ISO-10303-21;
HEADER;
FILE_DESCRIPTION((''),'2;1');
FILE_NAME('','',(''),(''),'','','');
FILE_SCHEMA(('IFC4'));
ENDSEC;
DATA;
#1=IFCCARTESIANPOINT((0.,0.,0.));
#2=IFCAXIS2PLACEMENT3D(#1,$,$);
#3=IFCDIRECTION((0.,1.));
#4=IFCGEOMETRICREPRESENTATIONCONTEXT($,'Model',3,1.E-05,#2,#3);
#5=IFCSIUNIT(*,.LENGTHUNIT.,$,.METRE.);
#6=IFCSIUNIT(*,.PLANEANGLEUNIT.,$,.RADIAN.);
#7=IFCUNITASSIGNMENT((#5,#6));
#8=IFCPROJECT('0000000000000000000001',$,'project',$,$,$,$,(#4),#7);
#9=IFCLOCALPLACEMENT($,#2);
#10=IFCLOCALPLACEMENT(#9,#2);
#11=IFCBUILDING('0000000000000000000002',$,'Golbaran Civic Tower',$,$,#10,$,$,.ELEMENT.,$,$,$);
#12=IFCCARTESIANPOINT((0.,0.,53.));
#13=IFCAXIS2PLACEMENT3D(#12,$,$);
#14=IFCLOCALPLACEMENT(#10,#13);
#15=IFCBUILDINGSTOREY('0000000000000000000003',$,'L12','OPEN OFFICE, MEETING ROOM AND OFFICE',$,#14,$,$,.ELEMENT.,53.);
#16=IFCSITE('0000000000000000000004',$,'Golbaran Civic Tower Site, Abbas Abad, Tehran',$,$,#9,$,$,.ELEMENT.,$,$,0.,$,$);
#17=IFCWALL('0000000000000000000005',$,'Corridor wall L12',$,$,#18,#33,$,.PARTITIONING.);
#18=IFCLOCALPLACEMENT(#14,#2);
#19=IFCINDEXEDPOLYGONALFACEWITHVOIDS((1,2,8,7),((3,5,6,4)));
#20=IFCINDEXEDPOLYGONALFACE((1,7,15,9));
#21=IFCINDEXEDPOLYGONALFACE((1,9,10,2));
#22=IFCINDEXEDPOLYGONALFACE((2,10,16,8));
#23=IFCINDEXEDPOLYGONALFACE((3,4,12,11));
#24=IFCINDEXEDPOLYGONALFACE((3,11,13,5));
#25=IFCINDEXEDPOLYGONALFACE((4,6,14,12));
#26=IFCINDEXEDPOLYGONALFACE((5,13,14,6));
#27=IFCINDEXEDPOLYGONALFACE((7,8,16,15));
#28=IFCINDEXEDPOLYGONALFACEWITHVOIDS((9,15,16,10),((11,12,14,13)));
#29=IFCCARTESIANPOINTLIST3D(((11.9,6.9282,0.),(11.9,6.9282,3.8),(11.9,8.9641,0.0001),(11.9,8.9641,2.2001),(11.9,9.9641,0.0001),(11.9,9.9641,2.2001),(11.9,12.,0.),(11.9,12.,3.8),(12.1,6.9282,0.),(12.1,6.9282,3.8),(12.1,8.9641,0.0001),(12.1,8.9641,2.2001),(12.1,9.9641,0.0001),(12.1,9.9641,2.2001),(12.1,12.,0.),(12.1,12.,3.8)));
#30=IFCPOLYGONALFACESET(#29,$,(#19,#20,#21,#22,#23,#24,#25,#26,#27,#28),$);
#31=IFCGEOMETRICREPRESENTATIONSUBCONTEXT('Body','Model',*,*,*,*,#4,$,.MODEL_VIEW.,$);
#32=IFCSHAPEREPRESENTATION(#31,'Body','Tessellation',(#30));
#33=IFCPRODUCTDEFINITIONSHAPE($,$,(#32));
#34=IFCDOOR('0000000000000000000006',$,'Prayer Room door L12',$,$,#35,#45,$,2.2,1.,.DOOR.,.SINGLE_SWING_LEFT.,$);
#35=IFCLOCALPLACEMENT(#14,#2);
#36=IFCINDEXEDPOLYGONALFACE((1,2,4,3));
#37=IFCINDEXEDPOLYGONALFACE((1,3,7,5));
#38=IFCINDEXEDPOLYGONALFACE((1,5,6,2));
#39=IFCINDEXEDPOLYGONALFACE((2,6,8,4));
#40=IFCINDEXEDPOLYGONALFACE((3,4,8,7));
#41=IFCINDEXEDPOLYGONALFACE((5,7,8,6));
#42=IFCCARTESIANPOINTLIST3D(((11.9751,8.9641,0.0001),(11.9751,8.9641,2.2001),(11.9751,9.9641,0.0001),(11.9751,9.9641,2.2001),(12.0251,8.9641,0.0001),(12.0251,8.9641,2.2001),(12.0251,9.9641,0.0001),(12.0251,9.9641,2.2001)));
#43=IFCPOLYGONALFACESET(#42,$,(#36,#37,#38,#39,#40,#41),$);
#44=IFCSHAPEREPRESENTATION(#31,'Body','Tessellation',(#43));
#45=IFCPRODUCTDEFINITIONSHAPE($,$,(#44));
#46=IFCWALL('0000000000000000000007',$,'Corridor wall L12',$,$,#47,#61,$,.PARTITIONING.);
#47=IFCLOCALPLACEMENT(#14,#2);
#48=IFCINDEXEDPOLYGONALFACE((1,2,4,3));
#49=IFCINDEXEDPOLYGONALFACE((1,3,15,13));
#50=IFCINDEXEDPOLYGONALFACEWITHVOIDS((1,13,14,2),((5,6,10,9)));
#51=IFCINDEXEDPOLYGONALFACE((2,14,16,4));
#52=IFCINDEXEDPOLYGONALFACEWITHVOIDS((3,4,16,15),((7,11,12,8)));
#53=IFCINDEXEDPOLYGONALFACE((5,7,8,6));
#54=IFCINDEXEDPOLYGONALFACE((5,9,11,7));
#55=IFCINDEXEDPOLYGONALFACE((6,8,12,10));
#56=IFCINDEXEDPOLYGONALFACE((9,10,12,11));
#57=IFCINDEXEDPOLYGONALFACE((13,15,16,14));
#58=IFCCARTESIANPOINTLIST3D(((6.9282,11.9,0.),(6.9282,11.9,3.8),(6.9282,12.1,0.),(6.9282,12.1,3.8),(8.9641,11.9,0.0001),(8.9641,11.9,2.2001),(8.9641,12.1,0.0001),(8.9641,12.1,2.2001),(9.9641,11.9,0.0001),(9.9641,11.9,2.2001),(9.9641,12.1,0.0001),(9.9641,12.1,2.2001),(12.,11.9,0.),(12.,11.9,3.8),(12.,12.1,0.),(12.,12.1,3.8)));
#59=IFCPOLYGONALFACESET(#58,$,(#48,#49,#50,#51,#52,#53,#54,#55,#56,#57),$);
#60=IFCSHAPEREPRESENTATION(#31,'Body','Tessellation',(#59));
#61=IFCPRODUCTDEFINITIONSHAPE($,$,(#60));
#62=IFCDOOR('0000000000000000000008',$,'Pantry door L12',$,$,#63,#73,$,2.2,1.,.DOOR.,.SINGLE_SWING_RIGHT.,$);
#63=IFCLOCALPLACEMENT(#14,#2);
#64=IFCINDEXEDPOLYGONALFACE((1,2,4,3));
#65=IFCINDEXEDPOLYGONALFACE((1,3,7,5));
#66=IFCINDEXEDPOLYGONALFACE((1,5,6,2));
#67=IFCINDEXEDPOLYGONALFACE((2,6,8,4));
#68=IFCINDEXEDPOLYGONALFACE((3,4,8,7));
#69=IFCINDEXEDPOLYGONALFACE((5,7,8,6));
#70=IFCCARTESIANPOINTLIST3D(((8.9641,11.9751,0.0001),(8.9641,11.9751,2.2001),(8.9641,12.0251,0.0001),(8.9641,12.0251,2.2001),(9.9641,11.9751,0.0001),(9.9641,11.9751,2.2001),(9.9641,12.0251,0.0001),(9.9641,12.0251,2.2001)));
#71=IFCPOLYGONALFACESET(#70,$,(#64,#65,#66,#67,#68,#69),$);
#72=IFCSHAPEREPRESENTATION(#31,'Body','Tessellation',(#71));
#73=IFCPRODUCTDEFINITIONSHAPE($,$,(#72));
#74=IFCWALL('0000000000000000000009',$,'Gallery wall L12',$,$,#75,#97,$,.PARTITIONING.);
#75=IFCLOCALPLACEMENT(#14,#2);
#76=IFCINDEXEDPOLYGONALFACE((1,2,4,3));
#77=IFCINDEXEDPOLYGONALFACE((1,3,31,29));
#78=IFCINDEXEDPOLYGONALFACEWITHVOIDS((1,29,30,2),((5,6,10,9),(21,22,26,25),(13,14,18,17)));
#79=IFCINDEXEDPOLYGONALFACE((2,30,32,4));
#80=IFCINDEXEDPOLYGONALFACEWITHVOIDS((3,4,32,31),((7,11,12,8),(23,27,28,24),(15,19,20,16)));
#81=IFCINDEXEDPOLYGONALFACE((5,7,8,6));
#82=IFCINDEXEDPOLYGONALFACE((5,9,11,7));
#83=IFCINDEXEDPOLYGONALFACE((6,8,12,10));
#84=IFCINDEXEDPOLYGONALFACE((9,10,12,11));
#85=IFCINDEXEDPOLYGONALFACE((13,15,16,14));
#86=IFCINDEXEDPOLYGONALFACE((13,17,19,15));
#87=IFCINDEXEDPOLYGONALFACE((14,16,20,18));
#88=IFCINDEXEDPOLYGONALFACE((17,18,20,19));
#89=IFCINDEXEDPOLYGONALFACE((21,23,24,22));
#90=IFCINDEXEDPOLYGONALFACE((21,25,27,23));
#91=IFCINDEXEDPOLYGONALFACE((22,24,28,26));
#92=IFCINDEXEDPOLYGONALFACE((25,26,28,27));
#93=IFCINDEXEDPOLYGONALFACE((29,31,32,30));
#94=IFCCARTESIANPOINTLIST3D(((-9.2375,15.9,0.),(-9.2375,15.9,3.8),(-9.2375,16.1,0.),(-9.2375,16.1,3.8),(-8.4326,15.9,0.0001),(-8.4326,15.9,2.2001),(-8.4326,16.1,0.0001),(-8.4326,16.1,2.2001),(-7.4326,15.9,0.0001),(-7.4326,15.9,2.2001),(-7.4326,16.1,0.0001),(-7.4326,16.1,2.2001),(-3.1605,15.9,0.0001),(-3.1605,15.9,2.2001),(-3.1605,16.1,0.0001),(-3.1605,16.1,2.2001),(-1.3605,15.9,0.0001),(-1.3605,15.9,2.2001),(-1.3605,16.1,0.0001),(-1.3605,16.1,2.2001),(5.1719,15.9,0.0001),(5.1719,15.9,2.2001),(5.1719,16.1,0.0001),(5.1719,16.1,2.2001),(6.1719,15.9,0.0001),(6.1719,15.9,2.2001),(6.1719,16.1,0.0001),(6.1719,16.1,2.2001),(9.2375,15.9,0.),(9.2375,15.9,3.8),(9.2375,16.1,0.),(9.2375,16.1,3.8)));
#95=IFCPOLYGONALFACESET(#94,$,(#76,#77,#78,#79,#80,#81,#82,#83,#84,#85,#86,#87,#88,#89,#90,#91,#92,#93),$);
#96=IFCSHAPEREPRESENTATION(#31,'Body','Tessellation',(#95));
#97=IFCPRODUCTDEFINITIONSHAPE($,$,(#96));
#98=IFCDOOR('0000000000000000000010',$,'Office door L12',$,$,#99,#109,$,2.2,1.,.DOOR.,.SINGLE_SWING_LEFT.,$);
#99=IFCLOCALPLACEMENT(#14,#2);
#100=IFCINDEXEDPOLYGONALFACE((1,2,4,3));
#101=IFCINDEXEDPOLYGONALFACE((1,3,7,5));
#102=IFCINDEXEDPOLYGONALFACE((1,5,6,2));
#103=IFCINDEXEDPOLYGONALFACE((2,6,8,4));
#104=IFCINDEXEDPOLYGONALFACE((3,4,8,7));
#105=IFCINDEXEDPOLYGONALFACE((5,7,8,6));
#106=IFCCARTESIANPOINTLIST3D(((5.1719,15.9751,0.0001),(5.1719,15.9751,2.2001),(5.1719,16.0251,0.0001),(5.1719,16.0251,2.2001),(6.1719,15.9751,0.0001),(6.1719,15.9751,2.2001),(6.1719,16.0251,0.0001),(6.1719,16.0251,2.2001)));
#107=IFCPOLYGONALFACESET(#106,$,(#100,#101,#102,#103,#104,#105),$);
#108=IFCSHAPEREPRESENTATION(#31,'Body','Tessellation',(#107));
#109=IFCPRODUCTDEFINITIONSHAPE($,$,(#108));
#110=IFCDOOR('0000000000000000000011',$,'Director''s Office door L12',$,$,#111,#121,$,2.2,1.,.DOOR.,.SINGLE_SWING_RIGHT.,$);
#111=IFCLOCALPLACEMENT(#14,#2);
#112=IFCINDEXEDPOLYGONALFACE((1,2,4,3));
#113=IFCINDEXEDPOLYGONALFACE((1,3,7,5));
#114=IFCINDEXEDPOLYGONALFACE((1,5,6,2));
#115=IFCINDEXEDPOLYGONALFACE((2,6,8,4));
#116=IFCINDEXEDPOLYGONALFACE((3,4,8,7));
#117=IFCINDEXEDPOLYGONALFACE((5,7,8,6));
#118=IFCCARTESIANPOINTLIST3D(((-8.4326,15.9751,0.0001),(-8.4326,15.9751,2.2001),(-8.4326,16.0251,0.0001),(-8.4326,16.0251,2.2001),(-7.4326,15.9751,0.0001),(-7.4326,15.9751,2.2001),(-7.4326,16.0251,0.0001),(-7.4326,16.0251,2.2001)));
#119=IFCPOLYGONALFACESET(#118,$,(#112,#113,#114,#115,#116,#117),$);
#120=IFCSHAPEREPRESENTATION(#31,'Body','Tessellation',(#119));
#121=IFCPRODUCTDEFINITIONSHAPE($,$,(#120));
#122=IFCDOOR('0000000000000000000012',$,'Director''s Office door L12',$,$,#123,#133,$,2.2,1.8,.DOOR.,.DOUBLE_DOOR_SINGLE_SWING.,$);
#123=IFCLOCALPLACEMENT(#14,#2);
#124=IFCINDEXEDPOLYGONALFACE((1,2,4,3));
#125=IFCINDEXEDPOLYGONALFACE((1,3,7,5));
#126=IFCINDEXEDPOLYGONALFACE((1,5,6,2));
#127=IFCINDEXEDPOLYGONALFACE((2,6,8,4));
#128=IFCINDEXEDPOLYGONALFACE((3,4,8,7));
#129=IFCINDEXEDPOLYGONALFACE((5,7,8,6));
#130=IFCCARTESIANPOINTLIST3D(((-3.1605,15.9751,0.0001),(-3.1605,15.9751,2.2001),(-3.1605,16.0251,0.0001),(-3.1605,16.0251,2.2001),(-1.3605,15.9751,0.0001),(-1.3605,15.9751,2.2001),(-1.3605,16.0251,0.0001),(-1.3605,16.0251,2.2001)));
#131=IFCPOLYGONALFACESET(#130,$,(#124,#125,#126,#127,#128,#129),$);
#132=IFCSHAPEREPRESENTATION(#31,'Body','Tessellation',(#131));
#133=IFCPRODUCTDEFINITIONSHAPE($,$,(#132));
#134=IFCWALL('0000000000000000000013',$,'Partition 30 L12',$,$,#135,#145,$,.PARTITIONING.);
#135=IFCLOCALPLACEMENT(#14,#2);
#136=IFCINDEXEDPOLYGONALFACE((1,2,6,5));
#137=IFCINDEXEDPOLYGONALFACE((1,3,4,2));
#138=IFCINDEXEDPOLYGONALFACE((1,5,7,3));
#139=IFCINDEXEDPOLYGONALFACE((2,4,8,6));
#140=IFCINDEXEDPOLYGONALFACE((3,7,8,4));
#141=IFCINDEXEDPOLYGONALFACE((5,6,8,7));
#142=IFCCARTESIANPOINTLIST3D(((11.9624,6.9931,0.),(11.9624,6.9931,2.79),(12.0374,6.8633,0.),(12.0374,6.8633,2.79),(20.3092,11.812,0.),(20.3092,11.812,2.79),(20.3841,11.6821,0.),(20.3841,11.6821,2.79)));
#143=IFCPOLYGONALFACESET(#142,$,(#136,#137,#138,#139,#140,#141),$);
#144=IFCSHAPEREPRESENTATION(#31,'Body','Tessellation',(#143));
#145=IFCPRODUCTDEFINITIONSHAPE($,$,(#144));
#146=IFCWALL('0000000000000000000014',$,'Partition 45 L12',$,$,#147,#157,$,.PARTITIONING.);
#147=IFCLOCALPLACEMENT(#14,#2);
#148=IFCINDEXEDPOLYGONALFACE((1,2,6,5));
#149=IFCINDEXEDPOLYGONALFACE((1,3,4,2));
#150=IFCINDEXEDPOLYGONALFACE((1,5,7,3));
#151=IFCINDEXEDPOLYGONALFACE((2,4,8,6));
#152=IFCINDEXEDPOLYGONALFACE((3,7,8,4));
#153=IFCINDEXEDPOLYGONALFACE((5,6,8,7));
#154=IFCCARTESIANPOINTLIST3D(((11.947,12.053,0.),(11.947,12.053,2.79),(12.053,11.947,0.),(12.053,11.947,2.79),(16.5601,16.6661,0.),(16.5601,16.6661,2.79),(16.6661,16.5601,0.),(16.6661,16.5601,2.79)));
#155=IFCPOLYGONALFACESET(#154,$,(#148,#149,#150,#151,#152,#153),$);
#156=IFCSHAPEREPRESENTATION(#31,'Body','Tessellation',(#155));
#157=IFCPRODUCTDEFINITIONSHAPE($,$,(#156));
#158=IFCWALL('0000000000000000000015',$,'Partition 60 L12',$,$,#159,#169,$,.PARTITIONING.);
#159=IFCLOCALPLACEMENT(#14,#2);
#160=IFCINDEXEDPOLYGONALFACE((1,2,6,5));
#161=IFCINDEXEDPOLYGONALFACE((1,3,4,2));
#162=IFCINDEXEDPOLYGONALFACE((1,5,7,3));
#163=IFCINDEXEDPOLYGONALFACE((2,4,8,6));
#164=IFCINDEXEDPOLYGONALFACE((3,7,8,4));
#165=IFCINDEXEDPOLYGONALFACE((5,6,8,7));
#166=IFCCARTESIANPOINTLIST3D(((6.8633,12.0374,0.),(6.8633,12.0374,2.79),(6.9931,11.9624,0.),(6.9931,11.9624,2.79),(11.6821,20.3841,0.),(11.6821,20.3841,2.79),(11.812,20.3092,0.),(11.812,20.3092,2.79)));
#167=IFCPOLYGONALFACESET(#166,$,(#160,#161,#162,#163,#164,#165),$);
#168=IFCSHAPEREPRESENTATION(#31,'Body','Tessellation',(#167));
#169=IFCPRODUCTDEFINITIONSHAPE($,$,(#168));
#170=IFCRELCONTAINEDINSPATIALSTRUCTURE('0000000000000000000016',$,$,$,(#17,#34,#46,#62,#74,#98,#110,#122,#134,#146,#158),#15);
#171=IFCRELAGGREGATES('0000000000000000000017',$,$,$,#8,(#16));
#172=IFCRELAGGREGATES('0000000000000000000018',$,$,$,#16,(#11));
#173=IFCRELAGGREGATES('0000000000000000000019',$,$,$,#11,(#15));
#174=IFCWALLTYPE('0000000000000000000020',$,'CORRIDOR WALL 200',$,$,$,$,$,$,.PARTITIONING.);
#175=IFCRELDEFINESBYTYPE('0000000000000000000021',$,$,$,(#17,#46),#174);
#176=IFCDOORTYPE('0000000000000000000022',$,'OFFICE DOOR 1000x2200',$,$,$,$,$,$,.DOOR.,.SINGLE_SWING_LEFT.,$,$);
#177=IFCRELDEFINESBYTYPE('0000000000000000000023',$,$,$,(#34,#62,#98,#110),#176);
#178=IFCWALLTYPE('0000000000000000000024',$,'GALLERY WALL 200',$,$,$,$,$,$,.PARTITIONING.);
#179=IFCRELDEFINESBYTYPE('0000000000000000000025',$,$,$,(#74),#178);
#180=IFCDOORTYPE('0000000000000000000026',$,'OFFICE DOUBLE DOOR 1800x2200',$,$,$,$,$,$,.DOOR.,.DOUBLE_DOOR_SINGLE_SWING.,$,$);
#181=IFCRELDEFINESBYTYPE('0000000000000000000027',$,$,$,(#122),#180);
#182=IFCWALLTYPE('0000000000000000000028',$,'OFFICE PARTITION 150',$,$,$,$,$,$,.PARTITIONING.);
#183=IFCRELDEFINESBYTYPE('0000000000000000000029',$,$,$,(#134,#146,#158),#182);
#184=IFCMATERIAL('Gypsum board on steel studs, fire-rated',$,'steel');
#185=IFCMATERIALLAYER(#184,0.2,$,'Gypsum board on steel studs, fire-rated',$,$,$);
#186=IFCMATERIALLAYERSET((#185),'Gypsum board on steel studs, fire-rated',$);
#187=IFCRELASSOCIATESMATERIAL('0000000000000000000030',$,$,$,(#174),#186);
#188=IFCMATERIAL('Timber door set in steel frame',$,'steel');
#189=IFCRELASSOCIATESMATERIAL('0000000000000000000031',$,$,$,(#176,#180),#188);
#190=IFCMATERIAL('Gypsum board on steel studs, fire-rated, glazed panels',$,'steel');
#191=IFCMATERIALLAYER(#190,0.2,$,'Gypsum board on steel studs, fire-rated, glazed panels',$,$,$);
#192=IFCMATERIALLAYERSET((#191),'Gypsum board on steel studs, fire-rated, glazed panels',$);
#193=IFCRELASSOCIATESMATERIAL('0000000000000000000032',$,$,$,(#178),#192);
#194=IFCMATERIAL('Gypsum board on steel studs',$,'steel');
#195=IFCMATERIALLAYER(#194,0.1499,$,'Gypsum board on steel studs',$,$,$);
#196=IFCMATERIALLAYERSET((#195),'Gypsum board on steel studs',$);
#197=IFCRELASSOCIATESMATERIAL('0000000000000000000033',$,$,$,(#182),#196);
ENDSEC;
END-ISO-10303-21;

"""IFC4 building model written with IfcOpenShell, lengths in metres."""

from ifc_helpers import new_model, si_unit, direction, frame, frame_2d, origin, place, context, subcontext, project, spatial, rectangle, extrude, material, layer, layer_set, type_object, element, fill, save


model = new_model("IFC4")

# Units and contexts
model_context = context("Model", 3, precision=1e-05, world=origin(), true_north=direction((0.0, 1.0)))
body_context = subcontext(model_context, "Body", "Model", "MODEL_VIEW")
ifc_project = project(units=[si_unit("LENGTHUNIT", "METRE"), si_unit("PLANEANGLEUNIT", "RADIAN")], contexts=[model_context])

# Site, building, storey
site_placement = place(None, origin())
site = spatial("IfcSite", under=ifc_project, at=site_placement, Name="Golbaran Civic Tower Site, Abbas Abad, Tehran", CompositionType="ELEMENT", RefElevation=0.0)
building_placement = place(site_placement, origin())
building = spatial("IfcBuilding", under=site, at=building_placement, Name="Golbaran Civic Tower", CompositionType="ELEMENT")
storey_placement = place(building_placement, frame((0.0, 0.0, 53.0)))
storey = spatial("IfcBuildingStorey", under=building, at=storey_placement, Name="L12", Description="OPEN OFFICE, MEETING ROOM AND OFFICE", CompositionType="ELEMENT", Elevation=53.0)

# Walls, openings, doors
ifc_material_1 = material(Name="Timber door set in steel frame", Category="steel")
ifc_material_2 = material(Name="Gypsum board on steel studs, fire-rated", Category="steel")
ifc_layer_1 = layer(ifc_material_2, 0.2, Name="Gypsum board on steel studs, fire-rated")
ifc_layer_set_1 = layer_set([ifc_layer_1], Name="Gypsum board on steel studs, fire-rated")
wall_type_1 = type_object("IfcWallType", Name="CORRIDOR WALL 200", PredefinedType="PARTITIONING", material=ifc_layer_set_1)
wall_1_placement = place(storey_placement, frame((12.0, 6.9282, 0.0), z_axis=(0.0, 0.0, 1.0), x_axis=(0.0, 1.0, 0.0)))
wall_1 = element("IfcWall", 1, at=wall_1_placement, inside=storey, type_object=wall_type_1, Name="Corridor wall L12", PredefinedType="PARTITIONING", context=body_context, shape_type="SweptSolid", body=[
    extrude(rectangle(XDim=5.0718, YDim=0.2, at=frame_2d((2.5359, 0.0))), origin(), (0.0, 0.0, 1.0), 3.8),
])
opening_1_placement = place(wall_1_placement, frame((2.0359, 0.0, 0.0)))
opening_1 = element("IfcOpeningElement", 2, at=opening_1_placement, cuts=wall_1, PredefinedType="OPENING", context=body_context, shape_type="SweptSolid", body=[
    extrude(rectangle(XDim=1.0, YDim=2.2, at=frame_2d((0.5, 1.1001))), frame((0.0, 0.1099, 0.0), z_axis=(0.0, -1.0, 0.0), x_axis=(1.0, 0.0, 0.0)), (0.0, 0.0, 1.0), 0.22),
])
door_type_1 = type_object("IfcDoorType", Name="OFFICE DOOR 1000x2200", OperationType="SINGLE_SWING_LEFT", PredefinedType="DOOR", material=ifc_material_1)
door_1_placement = place(opening_1_placement, origin())
door_1 = element("IfcDoor", 3, at=door_1_placement, inside=storey, type_object=door_type_1, Name="Prayer Room door L12", OperationType="SINGLE_SWING_LEFT", OverallHeight=2.2, OverallWidth=1.0, PredefinedType="DOOR", context=body_context, shape_type="SweptSolid", body=[
    extrude(rectangle(XDim=1.0, YDim=2.2, at=frame_2d((0.5, 1.1001))), frame((0.0, 0.0249, 0.0), z_axis=(0.0, -1.0, 0.0), x_axis=(1.0, 0.0, 0.0)), (0.0, 0.0, 1.0), 0.05),
])
fill(opening_1, door_1)
wall_2_placement = place(storey_placement, frame((12.0, 12.0, 0.0), z_axis=(0.0, 0.0, 1.0), x_axis=(-1.0, 0.0, 0.0)))
wall_2 = element("IfcWall", 4, at=wall_2_placement, inside=storey, type_object=wall_type_1, Name="Corridor wall L12", PredefinedType="PARTITIONING", context=body_context, shape_type="SweptSolid", body=[
    extrude(rectangle(XDim=5.0718, YDim=0.2, at=frame_2d((2.5359, 0.0))), origin(), (0.0, 0.0, 1.0), 3.8),
])
opening_2_placement = place(wall_2_placement, frame((2.0359, 0.0, 0.0)))
opening_2 = element("IfcOpeningElement", 5, at=opening_2_placement, cuts=wall_2, PredefinedType="OPENING", context=body_context, shape_type="SweptSolid", body=[
    extrude(rectangle(XDim=1.0, YDim=2.2, at=frame_2d((0.5, 1.1001))), frame((0.0, 0.1099, 0.0), z_axis=(0.0, -1.0, 0.0), x_axis=(1.0, 0.0, 0.0)), (0.0, 0.0, 1.0), 0.22),
])
door_2_placement = place(opening_2_placement, origin())
door_2 = element("IfcDoor", 6, at=door_2_placement, inside=storey, type_object=door_type_1, Name="Pantry door L12", OperationType="SINGLE_SWING_RIGHT", OverallHeight=2.2, OverallWidth=1.0, PredefinedType="DOOR", context=body_context, shape_type="SweptSolid", body=[
    extrude(rectangle(XDim=1.0, YDim=2.2, at=frame_2d((0.5, 1.1001))), frame((0.0, 0.0249, 0.0), z_axis=(0.0, -1.0, 0.0), x_axis=(1.0, 0.0, 0.0)), (0.0, 0.0, 1.0), 0.05),
])
fill(opening_2, door_2)

# Wall, openings, doors
ifc_material_3 = material(Name="Gypsum board on steel studs, fire-rated, glazed panels", Category="steel")
ifc_layer_2 = layer(ifc_material_3, 0.2, Name="Gypsum board on steel studs, fire-rated, glazed panels")
ifc_layer_set_2 = layer_set([ifc_layer_2], Name="Gypsum board on steel studs, fire-rated, glazed panels")
wall_type_2 = type_object("IfcWallType", Name="GALLERY WALL 200", PredefinedType="PARTITIONING", material=ifc_layer_set_2)
wall_3_placement = place(storey_placement, frame((9.2375, 16.0, 0.0), z_axis=(0.0, 0.0, 1.0), x_axis=(-1.0, 0.0, 0.0)))
wall_3 = element("IfcWall", 7, at=wall_3_placement, inside=storey, type_object=wall_type_2, Name="Gallery wall L12", PredefinedType="PARTITIONING", context=body_context, shape_type="SweptSolid", body=[
    extrude(rectangle(XDim=18.4751, YDim=0.2, at=frame_2d((9.2375, 0.0))), origin(), (0.0, 0.0, 1.0), 3.8),
])
opening_3_placement = place(wall_3_placement, frame((3.0657, 0.0, 0.0)))
opening_3 = element("IfcOpeningElement", 8, at=opening_3_placement, cuts=wall_3, PredefinedType="OPENING", context=body_context, shape_type="SweptSolid", body=[
    extrude(rectangle(XDim=1.0, YDim=2.2, at=frame_2d((0.5, 1.1001))), frame((0.0, 0.1099, 0.0), z_axis=(0.0, -1.0, 0.0), x_axis=(1.0, 0.0, 0.0)), (0.0, 0.0, 1.0), 0.22),
])
opening_4_placement = place(wall_3_placement, frame((10.5981, 0.0, 0.0)))
opening_4 = element("IfcOpeningElement", 9, at=opening_4_placement, cuts=wall_3, PredefinedType="OPENING", context=body_context, shape_type="SweptSolid", body=[
    extrude(rectangle(XDim=1.8, YDim=2.2, at=frame_2d((0.8999, 1.1001))), frame((0.0, 0.1099, 0.0), z_axis=(0.0, -1.0, 0.0), x_axis=(1.0, 0.0, 0.0)), (0.0, 0.0, 1.0), 0.22),
])
opening_5_placement = place(wall_3_placement, frame((16.6702, 0.0, 0.0)))
opening_5 = element("IfcOpeningElement", 10, at=opening_5_placement, cuts=wall_3, PredefinedType="OPENING", context=body_context, shape_type="SweptSolid", body=[
    extrude(rectangle(XDim=1.0, YDim=2.2, at=frame_2d((0.5, 1.1001))), frame((0.0, 0.1099, 0.0), z_axis=(0.0, -1.0, 0.0), x_axis=(1.0, 0.0, 0.0)), (0.0, 0.0, 1.0), 0.22),
])
door_3_placement = place(opening_3_placement, origin())
door_3 = element("IfcDoor", 11, at=door_3_placement, inside=storey, type_object=door_type_1, Name="Office door L12", OperationType="SINGLE_SWING_LEFT", OverallHeight=2.2, OverallWidth=1.0, PredefinedType="DOOR", context=body_context, shape_type="SweptSolid", body=[
    extrude(rectangle(XDim=1.0, YDim=2.2, at=frame_2d((0.5, 1.1001))), frame((0.0, 0.0249, 0.0), z_axis=(0.0, -1.0, 0.0), x_axis=(1.0, 0.0, 0.0)), (0.0, 0.0, 1.0), 0.05),
])
fill(opening_3, door_3)
door_4_placement = place(opening_5_placement, origin())
door_4 = element("IfcDoor", 12, at=door_4_placement, inside=storey, type_object=door_type_1, Name="Director's Office door L12", OperationType="SINGLE_SWING_RIGHT", OverallHeight=2.2, OverallWidth=1.0, PredefinedType="DOOR", context=body_context, shape_type="SweptSolid", body=[
    extrude(rectangle(XDim=1.0, YDim=2.2, at=frame_2d((0.5, 1.1001))), frame((0.0, 0.0249, 0.0), z_axis=(0.0, -1.0, 0.0), x_axis=(1.0, 0.0, 0.0)), (0.0, 0.0, 1.0), 0.05),
])
fill(opening_5, door_4)
door_type_2 = type_object("IfcDoorType", Name="OFFICE DOUBLE DOOR 1800x2200", OperationType="DOUBLE_DOOR_SINGLE_SWING", PredefinedType="DOOR", material=ifc_material_1)
door_5_placement = place(opening_4_placement, origin())
door_5 = element("IfcDoor", 13, at=door_5_placement, inside=storey, type_object=door_type_2, Name="Director's Office door L12", OperationType="DOUBLE_DOOR_SINGLE_SWING", OverallHeight=2.2, OverallWidth=1.8, PredefinedType="DOOR", context=body_context, shape_type="SweptSolid", body=[
    extrude(rectangle(XDim=1.8, YDim=2.2, at=frame_2d((0.8999, 1.1001))), frame((0.0, 0.0249, 0.0), z_axis=(0.0, -1.0, 0.0), x_axis=(1.0, 0.0, 0.0)), (0.0, 0.0, 1.0), 0.05),
])
fill(opening_4, door_5)

# Walls
ifc_material_4 = material(Name="Gypsum board on steel studs", Category="steel")
ifc_layer_3 = layer(ifc_material_4, 0.1499, Name="Gypsum board on steel studs")
ifc_layer_set_3 = layer_set([ifc_layer_3], Name="Gypsum board on steel studs")
wall_type_3 = type_object("IfcWallType", Name="OFFICE PARTITION 150", PredefinedType="PARTITIONING", material=ifc_layer_set_3)
wall_4_placement = place(storey_placement, frame((12.0, 6.9282, 0.0), z_axis=(0.0, 0.0, 1.0), x_axis=(0.86603, 0.499991, 0.0)))
element("IfcWall", 14, at=wall_4_placement, inside=storey, type_object=wall_type_3, Name="Partition 30 L12", PredefinedType="PARTITIONING", context=body_context, shape_type="SweptSolid", body=[
    extrude(rectangle(XDim=9.6379, YDim=0.1499, at=frame_2d((4.8188, 0.0))), origin(), (0.0, 0.0, 1.0), 2.79),
])
wall_5_placement = place(storey_placement, frame((12.0, 12.0, 0.0), z_axis=(0.0, 0.0, 1.0), x_axis=(0.707107, 0.707107, 0.0)))
element("IfcWall", 15, at=wall_5_placement, inside=storey, type_object=wall_type_3, Name="Partition 45 L12", PredefinedType="PARTITIONING", context=body_context, shape_type="SweptSolid", body=[
    extrude(rectangle(XDim=6.5239, YDim=0.1499, at=frame_2d((3.262, 0.0))), origin(), (0.0, 0.0, 1.0), 2.79),
])
wall_6_placement = place(storey_placement, frame((6.9282, 12.0, 0.0), z_axis=(0.0, 0.0, 1.0), x_axis=(0.499991, 0.86603, 0.0)))
element("IfcWall", 16, at=wall_6_placement, inside=storey, type_object=wall_type_3, Name="Partition 60 L12", PredefinedType="PARTITIONING", context=body_context, shape_type="SweptSolid", body=[
    extrude(rectangle(XDim=9.6379, YDim=0.1499, at=frame_2d((4.8188, 0.0))), origin(), (0.0, 0.0, 1.0), 2.79),
])

save(model, "model.ifc")
